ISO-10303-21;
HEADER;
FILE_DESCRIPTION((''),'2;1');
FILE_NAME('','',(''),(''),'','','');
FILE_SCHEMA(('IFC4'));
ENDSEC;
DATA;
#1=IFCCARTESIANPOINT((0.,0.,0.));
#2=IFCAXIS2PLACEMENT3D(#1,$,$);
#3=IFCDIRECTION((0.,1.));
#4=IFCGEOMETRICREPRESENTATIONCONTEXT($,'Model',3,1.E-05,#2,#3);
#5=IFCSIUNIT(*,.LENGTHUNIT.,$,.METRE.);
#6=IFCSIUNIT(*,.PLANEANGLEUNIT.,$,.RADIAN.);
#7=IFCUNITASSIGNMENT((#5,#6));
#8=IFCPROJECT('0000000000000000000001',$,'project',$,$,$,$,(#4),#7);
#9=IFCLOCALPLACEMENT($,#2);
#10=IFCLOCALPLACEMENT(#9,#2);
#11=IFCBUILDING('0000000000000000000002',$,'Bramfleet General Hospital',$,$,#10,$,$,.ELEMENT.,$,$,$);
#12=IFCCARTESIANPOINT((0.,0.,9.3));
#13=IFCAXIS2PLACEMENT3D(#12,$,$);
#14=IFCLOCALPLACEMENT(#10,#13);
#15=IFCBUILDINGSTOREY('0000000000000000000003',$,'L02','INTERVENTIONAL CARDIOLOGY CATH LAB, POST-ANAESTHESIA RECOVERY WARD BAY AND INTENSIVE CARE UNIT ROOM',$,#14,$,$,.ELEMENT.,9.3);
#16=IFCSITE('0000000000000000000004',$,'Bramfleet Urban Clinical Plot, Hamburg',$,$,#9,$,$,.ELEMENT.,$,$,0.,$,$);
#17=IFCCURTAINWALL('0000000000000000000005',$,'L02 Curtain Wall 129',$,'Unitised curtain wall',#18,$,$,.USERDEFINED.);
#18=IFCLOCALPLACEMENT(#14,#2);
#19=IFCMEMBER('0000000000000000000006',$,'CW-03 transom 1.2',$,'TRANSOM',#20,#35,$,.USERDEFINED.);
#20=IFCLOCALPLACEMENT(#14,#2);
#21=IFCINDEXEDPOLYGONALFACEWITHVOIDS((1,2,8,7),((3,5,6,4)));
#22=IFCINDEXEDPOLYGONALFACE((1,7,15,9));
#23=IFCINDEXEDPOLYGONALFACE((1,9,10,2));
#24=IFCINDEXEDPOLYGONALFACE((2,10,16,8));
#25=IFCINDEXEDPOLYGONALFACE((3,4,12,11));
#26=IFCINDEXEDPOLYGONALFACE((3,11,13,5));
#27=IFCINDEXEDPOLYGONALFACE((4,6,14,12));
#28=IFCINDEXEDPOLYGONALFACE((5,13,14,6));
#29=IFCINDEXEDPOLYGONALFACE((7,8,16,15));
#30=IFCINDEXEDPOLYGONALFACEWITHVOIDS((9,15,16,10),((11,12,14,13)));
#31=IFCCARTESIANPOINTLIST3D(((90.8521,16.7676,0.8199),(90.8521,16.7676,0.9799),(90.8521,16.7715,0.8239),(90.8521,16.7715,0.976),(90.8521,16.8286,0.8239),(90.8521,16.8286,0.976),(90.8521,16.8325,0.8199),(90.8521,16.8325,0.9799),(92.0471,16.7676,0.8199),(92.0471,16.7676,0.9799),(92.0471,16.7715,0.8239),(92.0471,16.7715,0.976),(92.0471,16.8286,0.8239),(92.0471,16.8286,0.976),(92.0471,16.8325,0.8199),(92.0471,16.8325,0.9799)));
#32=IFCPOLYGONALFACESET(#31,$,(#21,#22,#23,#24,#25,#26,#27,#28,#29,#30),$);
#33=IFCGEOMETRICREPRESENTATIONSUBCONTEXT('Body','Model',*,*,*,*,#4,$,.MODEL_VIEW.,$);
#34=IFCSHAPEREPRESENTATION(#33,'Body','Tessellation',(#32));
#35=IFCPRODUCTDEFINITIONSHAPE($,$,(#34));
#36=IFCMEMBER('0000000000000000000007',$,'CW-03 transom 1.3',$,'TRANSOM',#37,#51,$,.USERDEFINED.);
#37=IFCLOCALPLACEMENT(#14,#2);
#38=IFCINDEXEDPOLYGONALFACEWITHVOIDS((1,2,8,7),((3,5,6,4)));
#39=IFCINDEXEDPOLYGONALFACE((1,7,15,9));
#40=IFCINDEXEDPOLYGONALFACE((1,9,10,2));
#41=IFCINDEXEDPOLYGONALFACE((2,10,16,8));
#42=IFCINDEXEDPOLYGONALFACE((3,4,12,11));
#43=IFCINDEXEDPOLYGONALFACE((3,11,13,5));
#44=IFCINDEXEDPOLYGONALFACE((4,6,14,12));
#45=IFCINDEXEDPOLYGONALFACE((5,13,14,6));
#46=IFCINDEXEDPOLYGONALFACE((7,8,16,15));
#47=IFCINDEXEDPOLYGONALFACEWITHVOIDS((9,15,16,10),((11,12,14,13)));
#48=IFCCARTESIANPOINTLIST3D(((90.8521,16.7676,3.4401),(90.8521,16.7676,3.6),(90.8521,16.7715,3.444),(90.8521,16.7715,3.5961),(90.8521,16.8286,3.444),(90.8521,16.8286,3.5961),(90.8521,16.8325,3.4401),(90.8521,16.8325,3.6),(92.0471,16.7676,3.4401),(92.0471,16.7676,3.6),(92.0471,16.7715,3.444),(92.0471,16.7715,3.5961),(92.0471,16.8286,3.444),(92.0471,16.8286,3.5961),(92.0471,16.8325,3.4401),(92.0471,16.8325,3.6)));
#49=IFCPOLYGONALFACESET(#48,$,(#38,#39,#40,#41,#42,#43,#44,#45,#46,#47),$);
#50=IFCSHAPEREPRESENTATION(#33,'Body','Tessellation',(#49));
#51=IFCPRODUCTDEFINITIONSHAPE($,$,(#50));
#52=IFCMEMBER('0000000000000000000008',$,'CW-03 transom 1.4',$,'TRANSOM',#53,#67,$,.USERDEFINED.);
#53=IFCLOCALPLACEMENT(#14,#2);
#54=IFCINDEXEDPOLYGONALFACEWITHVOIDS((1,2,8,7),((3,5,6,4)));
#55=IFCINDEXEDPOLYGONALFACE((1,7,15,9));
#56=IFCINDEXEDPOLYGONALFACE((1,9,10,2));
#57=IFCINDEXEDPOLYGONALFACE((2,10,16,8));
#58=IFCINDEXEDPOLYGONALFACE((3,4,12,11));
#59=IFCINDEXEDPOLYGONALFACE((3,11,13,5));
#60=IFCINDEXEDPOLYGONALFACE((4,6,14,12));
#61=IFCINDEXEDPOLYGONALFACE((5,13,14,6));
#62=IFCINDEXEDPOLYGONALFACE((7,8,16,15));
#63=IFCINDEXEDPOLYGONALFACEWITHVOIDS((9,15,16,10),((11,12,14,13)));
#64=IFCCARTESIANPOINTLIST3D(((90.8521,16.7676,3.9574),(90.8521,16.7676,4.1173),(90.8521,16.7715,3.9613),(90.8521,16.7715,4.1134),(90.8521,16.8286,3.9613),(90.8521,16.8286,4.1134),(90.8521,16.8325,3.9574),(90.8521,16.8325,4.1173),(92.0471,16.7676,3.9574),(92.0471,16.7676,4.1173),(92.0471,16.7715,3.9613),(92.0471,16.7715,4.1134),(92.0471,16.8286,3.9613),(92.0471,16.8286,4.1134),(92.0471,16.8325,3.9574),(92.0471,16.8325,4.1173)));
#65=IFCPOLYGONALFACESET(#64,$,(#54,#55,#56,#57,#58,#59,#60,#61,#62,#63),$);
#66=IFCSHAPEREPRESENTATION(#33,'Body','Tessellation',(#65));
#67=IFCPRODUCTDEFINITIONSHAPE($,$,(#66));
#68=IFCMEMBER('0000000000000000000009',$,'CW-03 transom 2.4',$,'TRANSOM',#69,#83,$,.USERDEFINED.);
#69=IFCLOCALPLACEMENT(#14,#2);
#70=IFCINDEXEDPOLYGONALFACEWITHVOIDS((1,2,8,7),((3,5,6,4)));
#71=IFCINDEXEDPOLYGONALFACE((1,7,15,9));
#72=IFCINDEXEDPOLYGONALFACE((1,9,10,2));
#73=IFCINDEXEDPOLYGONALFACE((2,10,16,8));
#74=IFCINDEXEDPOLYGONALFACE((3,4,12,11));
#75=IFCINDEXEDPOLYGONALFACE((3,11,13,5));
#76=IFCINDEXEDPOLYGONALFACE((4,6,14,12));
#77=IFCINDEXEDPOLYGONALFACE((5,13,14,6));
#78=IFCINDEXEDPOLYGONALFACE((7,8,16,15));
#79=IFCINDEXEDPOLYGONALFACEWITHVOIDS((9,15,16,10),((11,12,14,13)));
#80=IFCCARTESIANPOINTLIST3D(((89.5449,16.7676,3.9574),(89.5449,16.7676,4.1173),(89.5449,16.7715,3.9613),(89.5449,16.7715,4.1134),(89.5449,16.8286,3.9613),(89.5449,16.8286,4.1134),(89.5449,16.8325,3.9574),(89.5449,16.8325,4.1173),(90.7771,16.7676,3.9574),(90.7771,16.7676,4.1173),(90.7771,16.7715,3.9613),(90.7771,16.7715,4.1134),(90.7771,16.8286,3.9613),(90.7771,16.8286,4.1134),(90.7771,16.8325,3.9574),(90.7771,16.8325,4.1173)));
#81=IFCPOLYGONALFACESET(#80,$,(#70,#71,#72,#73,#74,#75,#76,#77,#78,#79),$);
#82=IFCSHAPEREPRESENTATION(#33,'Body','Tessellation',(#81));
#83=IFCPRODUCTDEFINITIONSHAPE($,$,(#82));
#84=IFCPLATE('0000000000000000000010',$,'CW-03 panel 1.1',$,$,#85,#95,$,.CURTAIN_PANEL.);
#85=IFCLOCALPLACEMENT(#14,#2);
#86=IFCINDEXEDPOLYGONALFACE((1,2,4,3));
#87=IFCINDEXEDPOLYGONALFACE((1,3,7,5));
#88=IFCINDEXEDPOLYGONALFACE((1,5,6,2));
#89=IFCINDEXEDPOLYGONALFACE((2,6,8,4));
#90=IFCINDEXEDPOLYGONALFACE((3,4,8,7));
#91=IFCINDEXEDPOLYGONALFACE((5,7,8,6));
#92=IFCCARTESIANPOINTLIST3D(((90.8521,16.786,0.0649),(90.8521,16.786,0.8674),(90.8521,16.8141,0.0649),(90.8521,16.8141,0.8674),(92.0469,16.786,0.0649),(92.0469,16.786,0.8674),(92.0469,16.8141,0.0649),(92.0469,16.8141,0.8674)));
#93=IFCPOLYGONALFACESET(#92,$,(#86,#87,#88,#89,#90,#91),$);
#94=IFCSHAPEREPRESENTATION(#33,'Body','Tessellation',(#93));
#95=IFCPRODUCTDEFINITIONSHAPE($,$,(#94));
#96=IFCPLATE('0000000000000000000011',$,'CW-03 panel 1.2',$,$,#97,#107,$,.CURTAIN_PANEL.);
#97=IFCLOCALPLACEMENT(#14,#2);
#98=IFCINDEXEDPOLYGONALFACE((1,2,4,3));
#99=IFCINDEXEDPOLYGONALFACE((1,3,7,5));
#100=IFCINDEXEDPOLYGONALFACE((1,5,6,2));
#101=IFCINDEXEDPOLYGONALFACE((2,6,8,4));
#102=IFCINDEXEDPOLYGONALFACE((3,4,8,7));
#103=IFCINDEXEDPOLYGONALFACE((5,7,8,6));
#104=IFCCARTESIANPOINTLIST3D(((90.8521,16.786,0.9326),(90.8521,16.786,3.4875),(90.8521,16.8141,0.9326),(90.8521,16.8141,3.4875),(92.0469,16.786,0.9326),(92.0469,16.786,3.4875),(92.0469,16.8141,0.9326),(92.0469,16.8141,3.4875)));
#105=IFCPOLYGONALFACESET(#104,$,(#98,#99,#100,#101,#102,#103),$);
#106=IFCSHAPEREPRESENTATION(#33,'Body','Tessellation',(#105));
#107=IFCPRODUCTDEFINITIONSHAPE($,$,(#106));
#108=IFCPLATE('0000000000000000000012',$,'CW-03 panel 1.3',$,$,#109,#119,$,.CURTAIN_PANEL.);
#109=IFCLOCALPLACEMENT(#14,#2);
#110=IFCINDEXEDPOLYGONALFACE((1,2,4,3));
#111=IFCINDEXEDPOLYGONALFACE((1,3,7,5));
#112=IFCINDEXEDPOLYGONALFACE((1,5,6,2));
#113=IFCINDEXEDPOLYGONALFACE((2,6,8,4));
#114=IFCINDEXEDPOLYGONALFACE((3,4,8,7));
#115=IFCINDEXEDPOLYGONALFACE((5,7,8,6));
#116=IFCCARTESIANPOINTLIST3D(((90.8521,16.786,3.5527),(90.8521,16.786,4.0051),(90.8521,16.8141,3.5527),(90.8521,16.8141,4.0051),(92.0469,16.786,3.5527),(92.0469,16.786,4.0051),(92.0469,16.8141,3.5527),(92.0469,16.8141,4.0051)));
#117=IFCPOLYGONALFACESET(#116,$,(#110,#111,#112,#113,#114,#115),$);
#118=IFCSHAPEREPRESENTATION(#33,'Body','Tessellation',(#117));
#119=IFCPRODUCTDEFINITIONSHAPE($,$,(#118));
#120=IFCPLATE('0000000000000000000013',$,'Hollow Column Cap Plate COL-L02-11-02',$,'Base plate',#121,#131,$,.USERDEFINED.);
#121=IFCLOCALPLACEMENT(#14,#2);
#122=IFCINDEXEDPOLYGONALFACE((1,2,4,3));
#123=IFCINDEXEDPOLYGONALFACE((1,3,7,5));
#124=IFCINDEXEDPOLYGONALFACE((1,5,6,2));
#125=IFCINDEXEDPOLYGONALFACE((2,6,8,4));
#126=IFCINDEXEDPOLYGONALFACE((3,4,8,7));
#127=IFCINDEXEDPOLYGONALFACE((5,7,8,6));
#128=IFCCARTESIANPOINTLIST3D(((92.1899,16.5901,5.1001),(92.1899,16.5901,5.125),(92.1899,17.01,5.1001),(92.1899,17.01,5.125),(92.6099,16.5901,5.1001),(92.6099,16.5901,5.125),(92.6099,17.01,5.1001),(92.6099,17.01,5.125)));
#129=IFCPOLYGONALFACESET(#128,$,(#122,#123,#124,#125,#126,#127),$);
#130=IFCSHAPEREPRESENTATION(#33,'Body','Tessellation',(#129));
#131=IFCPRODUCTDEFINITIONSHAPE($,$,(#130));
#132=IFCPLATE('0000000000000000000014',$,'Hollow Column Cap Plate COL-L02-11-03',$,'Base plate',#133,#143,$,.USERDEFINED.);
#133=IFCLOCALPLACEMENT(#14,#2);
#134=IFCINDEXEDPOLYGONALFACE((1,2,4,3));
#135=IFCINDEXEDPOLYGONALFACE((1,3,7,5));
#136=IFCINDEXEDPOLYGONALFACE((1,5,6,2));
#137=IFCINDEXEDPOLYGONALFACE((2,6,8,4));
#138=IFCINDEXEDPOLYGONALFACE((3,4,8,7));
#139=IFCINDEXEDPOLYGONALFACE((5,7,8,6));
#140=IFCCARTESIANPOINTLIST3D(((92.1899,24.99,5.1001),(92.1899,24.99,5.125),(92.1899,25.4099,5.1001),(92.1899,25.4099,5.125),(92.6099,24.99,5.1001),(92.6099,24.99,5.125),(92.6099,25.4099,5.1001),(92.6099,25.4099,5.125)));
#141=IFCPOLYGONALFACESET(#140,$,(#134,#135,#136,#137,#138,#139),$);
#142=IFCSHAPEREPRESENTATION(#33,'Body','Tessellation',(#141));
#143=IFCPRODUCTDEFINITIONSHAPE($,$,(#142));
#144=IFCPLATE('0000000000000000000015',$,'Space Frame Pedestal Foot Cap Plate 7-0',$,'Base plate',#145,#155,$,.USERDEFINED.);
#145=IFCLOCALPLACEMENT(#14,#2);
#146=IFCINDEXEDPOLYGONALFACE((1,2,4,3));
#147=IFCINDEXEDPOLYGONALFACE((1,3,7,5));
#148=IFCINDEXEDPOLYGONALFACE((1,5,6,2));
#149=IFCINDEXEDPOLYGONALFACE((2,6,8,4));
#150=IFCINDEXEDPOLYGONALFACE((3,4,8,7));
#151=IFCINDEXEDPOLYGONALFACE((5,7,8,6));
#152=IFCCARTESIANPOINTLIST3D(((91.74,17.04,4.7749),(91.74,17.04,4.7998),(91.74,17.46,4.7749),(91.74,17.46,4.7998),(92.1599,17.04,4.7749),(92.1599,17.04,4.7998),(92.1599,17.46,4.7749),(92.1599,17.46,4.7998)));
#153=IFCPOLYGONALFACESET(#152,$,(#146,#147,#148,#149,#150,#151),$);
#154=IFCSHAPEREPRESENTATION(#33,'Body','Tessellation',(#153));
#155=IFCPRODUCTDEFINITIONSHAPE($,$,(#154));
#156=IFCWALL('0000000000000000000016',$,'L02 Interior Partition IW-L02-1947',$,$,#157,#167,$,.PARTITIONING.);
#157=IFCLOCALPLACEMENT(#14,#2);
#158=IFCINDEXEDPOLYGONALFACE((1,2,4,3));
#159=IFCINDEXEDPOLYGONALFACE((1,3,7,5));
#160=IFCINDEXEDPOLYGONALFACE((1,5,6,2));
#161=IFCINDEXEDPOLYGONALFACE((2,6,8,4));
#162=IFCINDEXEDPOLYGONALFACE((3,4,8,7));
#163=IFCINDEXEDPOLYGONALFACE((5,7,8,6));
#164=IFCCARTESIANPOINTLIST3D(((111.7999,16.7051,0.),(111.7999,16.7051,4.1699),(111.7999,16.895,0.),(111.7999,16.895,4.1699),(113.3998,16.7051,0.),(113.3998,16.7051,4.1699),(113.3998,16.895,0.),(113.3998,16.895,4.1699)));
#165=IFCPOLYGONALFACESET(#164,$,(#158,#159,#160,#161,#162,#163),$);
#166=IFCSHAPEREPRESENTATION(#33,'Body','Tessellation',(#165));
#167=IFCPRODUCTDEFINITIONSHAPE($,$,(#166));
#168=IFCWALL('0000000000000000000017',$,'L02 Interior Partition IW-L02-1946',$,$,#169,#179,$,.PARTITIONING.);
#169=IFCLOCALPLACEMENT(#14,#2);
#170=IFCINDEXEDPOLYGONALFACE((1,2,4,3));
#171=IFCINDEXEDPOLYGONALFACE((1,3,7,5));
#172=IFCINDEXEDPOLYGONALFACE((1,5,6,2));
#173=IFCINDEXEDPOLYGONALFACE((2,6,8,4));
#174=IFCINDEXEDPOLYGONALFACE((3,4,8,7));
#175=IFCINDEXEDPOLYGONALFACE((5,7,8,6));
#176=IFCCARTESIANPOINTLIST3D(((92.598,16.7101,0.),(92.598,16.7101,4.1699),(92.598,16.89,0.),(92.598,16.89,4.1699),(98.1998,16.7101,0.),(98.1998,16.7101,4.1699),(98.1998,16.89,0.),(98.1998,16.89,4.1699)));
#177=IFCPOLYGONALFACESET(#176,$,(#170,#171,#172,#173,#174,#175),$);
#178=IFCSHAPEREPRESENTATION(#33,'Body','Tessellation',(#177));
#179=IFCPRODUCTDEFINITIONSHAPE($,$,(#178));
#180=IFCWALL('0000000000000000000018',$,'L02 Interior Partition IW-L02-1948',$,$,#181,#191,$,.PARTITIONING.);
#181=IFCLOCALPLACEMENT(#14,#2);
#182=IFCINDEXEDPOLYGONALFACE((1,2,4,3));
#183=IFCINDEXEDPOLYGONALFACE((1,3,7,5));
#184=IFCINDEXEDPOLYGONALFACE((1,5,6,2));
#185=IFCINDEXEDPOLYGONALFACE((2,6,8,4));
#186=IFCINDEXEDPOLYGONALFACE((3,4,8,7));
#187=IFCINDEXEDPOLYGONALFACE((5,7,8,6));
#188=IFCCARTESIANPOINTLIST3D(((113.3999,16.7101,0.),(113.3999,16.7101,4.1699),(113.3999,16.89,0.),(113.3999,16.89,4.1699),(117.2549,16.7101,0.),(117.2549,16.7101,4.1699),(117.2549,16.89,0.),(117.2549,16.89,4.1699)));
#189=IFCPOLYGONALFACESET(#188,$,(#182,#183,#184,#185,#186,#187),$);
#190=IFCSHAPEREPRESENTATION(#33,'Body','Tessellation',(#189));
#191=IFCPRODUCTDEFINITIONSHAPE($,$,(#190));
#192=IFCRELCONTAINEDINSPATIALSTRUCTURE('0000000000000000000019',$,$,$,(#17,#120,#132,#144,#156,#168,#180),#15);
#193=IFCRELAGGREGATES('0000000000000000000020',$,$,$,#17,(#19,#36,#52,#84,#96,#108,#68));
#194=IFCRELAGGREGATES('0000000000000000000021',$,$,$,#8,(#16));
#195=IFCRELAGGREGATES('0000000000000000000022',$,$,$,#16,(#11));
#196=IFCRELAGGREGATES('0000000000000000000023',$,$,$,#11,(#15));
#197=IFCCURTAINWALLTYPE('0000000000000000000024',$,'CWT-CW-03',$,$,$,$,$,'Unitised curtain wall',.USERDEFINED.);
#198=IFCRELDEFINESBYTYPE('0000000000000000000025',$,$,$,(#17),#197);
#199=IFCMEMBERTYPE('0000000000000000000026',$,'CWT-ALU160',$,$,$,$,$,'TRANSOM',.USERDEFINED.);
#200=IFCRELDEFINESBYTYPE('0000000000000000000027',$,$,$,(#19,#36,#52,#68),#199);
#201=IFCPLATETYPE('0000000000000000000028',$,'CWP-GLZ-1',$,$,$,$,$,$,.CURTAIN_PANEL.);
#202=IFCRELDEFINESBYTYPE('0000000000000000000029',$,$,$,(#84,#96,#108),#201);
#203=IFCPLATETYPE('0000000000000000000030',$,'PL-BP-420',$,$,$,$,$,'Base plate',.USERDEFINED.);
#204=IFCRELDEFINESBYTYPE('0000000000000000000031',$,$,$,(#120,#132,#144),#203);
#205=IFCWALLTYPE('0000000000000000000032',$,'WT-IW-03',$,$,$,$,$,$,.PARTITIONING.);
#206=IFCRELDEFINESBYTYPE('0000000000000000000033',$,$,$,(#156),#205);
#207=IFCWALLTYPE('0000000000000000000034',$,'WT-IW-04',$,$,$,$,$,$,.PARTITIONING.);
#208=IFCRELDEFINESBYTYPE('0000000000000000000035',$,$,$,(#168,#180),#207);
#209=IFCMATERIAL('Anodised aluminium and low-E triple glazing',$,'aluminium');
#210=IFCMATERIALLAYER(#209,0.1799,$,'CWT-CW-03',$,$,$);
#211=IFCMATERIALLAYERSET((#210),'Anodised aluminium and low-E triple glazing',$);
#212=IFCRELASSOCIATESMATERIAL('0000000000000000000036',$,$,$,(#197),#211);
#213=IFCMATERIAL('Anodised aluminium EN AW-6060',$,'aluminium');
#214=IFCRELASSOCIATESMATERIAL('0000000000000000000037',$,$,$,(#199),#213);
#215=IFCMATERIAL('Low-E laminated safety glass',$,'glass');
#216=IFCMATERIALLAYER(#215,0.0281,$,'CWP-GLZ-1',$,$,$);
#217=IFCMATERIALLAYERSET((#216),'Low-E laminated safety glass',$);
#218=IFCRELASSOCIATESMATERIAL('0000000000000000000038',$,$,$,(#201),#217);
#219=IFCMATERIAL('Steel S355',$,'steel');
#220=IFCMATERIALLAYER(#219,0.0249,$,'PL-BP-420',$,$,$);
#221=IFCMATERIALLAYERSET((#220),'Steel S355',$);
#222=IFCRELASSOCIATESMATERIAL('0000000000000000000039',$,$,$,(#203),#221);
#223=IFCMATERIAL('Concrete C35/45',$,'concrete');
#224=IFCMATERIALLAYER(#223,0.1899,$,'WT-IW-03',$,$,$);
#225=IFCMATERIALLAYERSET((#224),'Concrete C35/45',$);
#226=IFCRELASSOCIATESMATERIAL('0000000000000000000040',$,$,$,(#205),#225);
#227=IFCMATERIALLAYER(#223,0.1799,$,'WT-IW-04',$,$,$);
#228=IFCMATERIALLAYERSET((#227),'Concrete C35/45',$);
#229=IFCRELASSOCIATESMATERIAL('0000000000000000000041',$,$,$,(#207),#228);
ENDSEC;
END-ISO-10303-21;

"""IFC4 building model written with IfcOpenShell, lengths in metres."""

from ifc_helpers import new_model, si_unit, direction, frame, frame_2d, origin, origin_2d, place, context, subcontext, project, spatial, rectangle, hollow_rectangle, extrude, material, layer, layer_set, material_profile, profile_set, type_object, element, aggregate, save


model = new_model("IFC4")

# Units and contexts
model_context = context("Model", 3, precision=1e-05, world=origin(), true_north=direction((0.0, 1.0)))
body_context = subcontext(model_context, "Body", "Model", "MODEL_VIEW")
ifc_project = project(units=[si_unit("LENGTHUNIT", "METRE"), si_unit("PLANEANGLEUNIT", "RADIAN")], contexts=[model_context])

# Site, building, storey
site_placement = place(None, origin())
site = spatial("IfcSite", under=ifc_project, at=site_placement, Name="Bramfleet Urban Clinical Plot, Hamburg", CompositionType="ELEMENT", RefElevation=0.0)
building_placement = place(site_placement, origin())
building = spatial("IfcBuilding", under=site, at=building_placement, Name="Bramfleet General Hospital", CompositionType="ELEMENT")
storey_placement = place(building_placement, frame((0.0, 0.0, 9.3)))
storey = spatial("IfcBuildingStorey", under=building, at=storey_placement, Name="L02", Description="INTERVENTIONAL CARDIOLOGY CATH LAB, POST-ANAESTHESIA RECOVERY WARD BAY AND INTENSIVE CARE UNIT ROOM", CompositionType="ELEMENT", Elevation=9.3)

# Shared definitions
ifc_material_1 = material(Name="Steel S355", Category="steel")

# Shared definitions
ifc_material_2 = material(Name="Concrete C35/45", Category="concrete")

# Curtain wall, members, plates
ifc_material_3 = material(Name="Anodised aluminium and low-E triple glazing", Category="aluminium")
ifc_layer_1 = layer(ifc_material_3, 0.1799, Name="CWT-CW-03")
ifc_layer_set_1 = layer_set([ifc_layer_1], Name="Anodised aluminium and low-E triple glazing")
curtain_wall_type = type_object("IfcCurtainWallType", Name="CWT-CW-03", ElementType="Unitised curtain wall", PredefinedType="USERDEFINED", material=ifc_layer_set_1)
curtain_wall_placement = place(storey_placement, origin())
curtain_wall = element("IfcCurtainWall", 1, at=curtain_wall_placement, inside=storey, type_object=curtain_wall_type, Name="L02 Curtain Wall 129", ObjectType="Unitised curtain wall", PredefinedType="USERDEFINED")
ifc_material_4 = material(Name="Anodised aluminium EN AW-6060", Category="aluminium")
ifc_material_profile_1 = material_profile(ifc_material_4, hollow_rectangle(XDim=0.0649, YDim=0.1599, WallThickness=0.0039, at=origin_2d()), Name="ALU 160x65x4.0")
ifc_profile_set_1 = profile_set([ifc_material_profile_1], Name="Anodised aluminium EN AW-6060")
member_type_1 = type_object("IfcMemberType", Name="CWT-ALU160", ElementType="TRANSOM", PredefinedType="USERDEFINED", material=ifc_profile_set_1)
member_1_placement = place(storey_placement, frame((92.0471, 16.8, 0.8999), z_axis=(-1.0, 0.0, 0.0), x_axis=(0.0, -1.0, 0.0)))
member_1 = element("IfcMember", 2, at=member_1_placement, type_object=member_type_1, Name="CW-03 transom 1.2", ObjectType="TRANSOM", PredefinedType="USERDEFINED", context=body_context, shape_type="SweptSolid", body=[
    extrude(hollow_rectangle(XDim=0.0649, YDim=0.1599, WallThickness=0.0039, at=origin_2d()), origin(), (0.0, 0.0, 1.0), 1.1951),
])
member_2_placement = place(storey_placement, frame((92.0471, 16.8, 3.52), z_axis=(-1.0, 0.0, 0.0), x_axis=(0.0, -1.0, 0.0)))
member_2 = element("IfcMember", 3, at=member_2_placement, type_object=member_type_1, Name="CW-03 transom 1.3", ObjectType="TRANSOM", PredefinedType="USERDEFINED", context=body_context, shape_type="SweptSolid", body=[
    extrude(hollow_rectangle(XDim=0.0649, YDim=0.1599, WallThickness=0.0039, at=origin_2d()), origin(), (0.0, 0.0, 1.0), 1.1951),
])
member_3_placement = place(storey_placement, frame((92.0471, 16.8, 4.0374), z_axis=(-1.0, 0.0, 0.0), x_axis=(0.0, -1.0, 0.0)))
member_3 = element("IfcMember", 4, at=member_3_placement, type_object=member_type_1, Name="CW-03 transom 1.4", ObjectType="TRANSOM", PredefinedType="USERDEFINED", context=body_context, shape_type="SweptSolid", body=[
    extrude(hollow_rectangle(XDim=0.0649, YDim=0.1599, WallThickness=0.0039, at=origin_2d()), origin(), (0.0, 0.0, 1.0), 1.1951),
])
member_4_placement = place(storey_placement, frame((90.7771, 16.8, 4.0374), z_axis=(-1.0, 0.0, 0.0), x_axis=(0.0, -1.0, 0.0)))
member_4 = element("IfcMember", 5, at=member_4_placement, type_object=member_type_1, Name="CW-03 transom 2.4", ObjectType="TRANSOM", PredefinedType="USERDEFINED", context=body_context, shape_type="SweptSolid", body=[
    extrude(hollow_rectangle(XDim=0.0649, YDim=0.1599, WallThickness=0.0039, at=origin_2d()), origin(), (0.0, 0.0, 1.0), 1.2322),
])
ifc_material_5 = material(Name="Low-E laminated safety glass", Category="glass")
ifc_layer_2 = layer(ifc_material_5, 0.0281, Name="CWP-GLZ-1")
ifc_layer_set_2 = layer_set([ifc_layer_2], Name="Low-E laminated safety glass")
plate_type_1 = type_object("IfcPlateType", Name="CWP-GLZ-1", PredefinedType="CURTAIN_PANEL", material=ifc_layer_set_2)
plate_1_placement = place(storey_placement, frame((91.4495, 16.8, 0.0649), z_axis=(0.0, 0.0, 1.0), x_axis=(-1.0, 0.0, 0.0)))
plate_1 = element("IfcPlate", 6, at=plate_1_placement, type_object=plate_type_1, Name="CW-03 panel 1.1", PredefinedType="CURTAIN_PANEL", context=body_context, shape_type="SweptSolid", body=[
    extrude(rectangle(XDim=1.1948, YDim=0.0281, at=origin_2d()), origin(), (0.0, 0.0, 1.0), 0.8025),
])
plate_2_placement = place(storey_placement, frame((91.4495, 16.8, 0.9326), z_axis=(0.0, 0.0, 1.0), x_axis=(-1.0, 0.0, 0.0)))
plate_2 = element("IfcPlate", 7, at=plate_2_placement, type_object=plate_type_1, Name="CW-03 panel 1.2", PredefinedType="CURTAIN_PANEL", context=body_context, shape_type="SweptSolid", body=[
    extrude(rectangle(XDim=1.1948, YDim=0.0281, at=origin_2d()), origin(), (0.0, 0.0, 1.0), 2.5549),
])
plate_3_placement = place(storey_placement, frame((91.4495, 16.8, 3.5527), z_axis=(0.0, 0.0, 1.0), x_axis=(-1.0, 0.0, 0.0)))
plate_3 = element("IfcPlate", 8, at=plate_3_placement, type_object=plate_type_1, Name="CW-03 panel 1.3", PredefinedType="CURTAIN_PANEL", context=body_context, shape_type="SweptSolid", body=[
    extrude(rectangle(XDim=1.1948, YDim=0.0281, at=origin_2d()), origin(), (0.0, 0.0, 1.0), 0.4524),
])
aggregate(curtain_wall, [member_1, member_2, member_3, plate_1, plate_2, plate_3, member_4])

# Plates
ifc_layer_3 = layer(ifc_material_1, 0.0249, Name="PL-BP-420")
ifc_layer_set_3 = layer_set([ifc_layer_3], Name="Steel S355")
plate_type_2 = type_object("IfcPlateType", Name="PL-BP-420", ElementType="Base plate", PredefinedType="USERDEFINED", material=ifc_layer_set_3)
for number, where, z_axis, x_axis, name in (
    (9, (92.3999, 16.8, 5.1001), (0.0, 0.0, 1.0), (1.0, 0.0, 0.0), "Hollow Column Cap Plate COL-L02-11-02"),
    (10, (92.3999, 25.2, 5.1001), (0.0, 0.0, 1.0), (1.0, 0.0, 0.0), "Hollow Column Cap Plate COL-L02-11-03"),
    (11, (91.95, 17.25, 4.7749), (0.0, 0.0, 1.0), (1.0, 0.0, 0.0), "Space Frame Pedestal Foot Cap Plate 7-0"),
):
    element("IfcPlate", number, at=place(storey_placement, frame(where, z_axis=z_axis, x_axis=x_axis)), inside=storey, type_object=plate_type_2, Name=name, ObjectType="Base plate", PredefinedType="USERDEFINED", context=body_context, shape_type="SweptSolid", body=[
        extrude(rectangle(XDim=0.4199, YDim=0.4199, at=origin_2d()), origin(), (0.0, 0.0, 1.0), 0.0249),
    ])

# Walls
ifc_layer_4 = layer(ifc_material_2, 0.1899, Name="WT-IW-03")
ifc_layer_set_4 = layer_set([ifc_layer_4], Name="Concrete C35/45")
wall_type_1 = type_object("IfcWallType", Name="WT-IW-03", PredefinedType="PARTITIONING", material=ifc_layer_set_4)
wall_1_placement = place(storey_placement, frame((111.8, 16.8, 0.0), z_axis=(0.0, 0.0, 1.0), x_axis=(1.0, 0.0, 0.0)))
element("IfcWall", 12, at=wall_1_placement, inside=storey, type_object=wall_type_1, Name="L02 Interior Partition IW-L02-1947", PredefinedType="PARTITIONING", context=body_context, shape_type="SweptSolid", body=[
    extrude(rectangle(XDim=1.5999, YDim=0.1899, at=frame_2d((0.7998, 0.0))), origin(), (0.0, 0.0, 1.0), 4.1699),
])
ifc_layer_5 = layer(ifc_material_2, 0.1799, Name="WT-IW-04")
ifc_layer_set_5 = layer_set([ifc_layer_5], Name="Concrete C35/45")
wall_type_2 = type_object("IfcWallType", Name="WT-IW-04", PredefinedType="PARTITIONING", material=ifc_layer_set_5)
wall_2_placement = place(storey_placement, frame((92.5981, 16.8, 0.0), z_axis=(0.0, 0.0, 1.0), x_axis=(1.0, 0.0, 0.0)))
element("IfcWall", 13, at=wall_2_placement, inside=storey, type_object=wall_type_2, Name="L02 Interior Partition IW-L02-1946", PredefinedType="PARTITIONING", context=body_context, shape_type="SweptSolid", body=[
    extrude(rectangle(XDim=5.6018, YDim=0.1799, at=frame_2d((2.8008, 0.0))), origin(), (0.0, 0.0, 1.0), 4.1699),
])
wall_3_placement = place(storey_placement, frame((113.3999, 16.8, 0.0), z_axis=(0.0, 0.0, 1.0), x_axis=(1.0, 0.0, 0.0)))
element("IfcWall", 14, at=wall_3_placement, inside=storey, type_object=wall_type_2, Name="L02 Interior Partition IW-L02-1948", PredefinedType="PARTITIONING", context=body_context, shape_type="SweptSolid", body=[
    extrude(rectangle(XDim=3.855, YDim=0.1799, at=frame_2d((1.9275, 0.0))), origin(), (0.0, 0.0, 1.0), 4.1699),
])

save(model, "model.ifc")
